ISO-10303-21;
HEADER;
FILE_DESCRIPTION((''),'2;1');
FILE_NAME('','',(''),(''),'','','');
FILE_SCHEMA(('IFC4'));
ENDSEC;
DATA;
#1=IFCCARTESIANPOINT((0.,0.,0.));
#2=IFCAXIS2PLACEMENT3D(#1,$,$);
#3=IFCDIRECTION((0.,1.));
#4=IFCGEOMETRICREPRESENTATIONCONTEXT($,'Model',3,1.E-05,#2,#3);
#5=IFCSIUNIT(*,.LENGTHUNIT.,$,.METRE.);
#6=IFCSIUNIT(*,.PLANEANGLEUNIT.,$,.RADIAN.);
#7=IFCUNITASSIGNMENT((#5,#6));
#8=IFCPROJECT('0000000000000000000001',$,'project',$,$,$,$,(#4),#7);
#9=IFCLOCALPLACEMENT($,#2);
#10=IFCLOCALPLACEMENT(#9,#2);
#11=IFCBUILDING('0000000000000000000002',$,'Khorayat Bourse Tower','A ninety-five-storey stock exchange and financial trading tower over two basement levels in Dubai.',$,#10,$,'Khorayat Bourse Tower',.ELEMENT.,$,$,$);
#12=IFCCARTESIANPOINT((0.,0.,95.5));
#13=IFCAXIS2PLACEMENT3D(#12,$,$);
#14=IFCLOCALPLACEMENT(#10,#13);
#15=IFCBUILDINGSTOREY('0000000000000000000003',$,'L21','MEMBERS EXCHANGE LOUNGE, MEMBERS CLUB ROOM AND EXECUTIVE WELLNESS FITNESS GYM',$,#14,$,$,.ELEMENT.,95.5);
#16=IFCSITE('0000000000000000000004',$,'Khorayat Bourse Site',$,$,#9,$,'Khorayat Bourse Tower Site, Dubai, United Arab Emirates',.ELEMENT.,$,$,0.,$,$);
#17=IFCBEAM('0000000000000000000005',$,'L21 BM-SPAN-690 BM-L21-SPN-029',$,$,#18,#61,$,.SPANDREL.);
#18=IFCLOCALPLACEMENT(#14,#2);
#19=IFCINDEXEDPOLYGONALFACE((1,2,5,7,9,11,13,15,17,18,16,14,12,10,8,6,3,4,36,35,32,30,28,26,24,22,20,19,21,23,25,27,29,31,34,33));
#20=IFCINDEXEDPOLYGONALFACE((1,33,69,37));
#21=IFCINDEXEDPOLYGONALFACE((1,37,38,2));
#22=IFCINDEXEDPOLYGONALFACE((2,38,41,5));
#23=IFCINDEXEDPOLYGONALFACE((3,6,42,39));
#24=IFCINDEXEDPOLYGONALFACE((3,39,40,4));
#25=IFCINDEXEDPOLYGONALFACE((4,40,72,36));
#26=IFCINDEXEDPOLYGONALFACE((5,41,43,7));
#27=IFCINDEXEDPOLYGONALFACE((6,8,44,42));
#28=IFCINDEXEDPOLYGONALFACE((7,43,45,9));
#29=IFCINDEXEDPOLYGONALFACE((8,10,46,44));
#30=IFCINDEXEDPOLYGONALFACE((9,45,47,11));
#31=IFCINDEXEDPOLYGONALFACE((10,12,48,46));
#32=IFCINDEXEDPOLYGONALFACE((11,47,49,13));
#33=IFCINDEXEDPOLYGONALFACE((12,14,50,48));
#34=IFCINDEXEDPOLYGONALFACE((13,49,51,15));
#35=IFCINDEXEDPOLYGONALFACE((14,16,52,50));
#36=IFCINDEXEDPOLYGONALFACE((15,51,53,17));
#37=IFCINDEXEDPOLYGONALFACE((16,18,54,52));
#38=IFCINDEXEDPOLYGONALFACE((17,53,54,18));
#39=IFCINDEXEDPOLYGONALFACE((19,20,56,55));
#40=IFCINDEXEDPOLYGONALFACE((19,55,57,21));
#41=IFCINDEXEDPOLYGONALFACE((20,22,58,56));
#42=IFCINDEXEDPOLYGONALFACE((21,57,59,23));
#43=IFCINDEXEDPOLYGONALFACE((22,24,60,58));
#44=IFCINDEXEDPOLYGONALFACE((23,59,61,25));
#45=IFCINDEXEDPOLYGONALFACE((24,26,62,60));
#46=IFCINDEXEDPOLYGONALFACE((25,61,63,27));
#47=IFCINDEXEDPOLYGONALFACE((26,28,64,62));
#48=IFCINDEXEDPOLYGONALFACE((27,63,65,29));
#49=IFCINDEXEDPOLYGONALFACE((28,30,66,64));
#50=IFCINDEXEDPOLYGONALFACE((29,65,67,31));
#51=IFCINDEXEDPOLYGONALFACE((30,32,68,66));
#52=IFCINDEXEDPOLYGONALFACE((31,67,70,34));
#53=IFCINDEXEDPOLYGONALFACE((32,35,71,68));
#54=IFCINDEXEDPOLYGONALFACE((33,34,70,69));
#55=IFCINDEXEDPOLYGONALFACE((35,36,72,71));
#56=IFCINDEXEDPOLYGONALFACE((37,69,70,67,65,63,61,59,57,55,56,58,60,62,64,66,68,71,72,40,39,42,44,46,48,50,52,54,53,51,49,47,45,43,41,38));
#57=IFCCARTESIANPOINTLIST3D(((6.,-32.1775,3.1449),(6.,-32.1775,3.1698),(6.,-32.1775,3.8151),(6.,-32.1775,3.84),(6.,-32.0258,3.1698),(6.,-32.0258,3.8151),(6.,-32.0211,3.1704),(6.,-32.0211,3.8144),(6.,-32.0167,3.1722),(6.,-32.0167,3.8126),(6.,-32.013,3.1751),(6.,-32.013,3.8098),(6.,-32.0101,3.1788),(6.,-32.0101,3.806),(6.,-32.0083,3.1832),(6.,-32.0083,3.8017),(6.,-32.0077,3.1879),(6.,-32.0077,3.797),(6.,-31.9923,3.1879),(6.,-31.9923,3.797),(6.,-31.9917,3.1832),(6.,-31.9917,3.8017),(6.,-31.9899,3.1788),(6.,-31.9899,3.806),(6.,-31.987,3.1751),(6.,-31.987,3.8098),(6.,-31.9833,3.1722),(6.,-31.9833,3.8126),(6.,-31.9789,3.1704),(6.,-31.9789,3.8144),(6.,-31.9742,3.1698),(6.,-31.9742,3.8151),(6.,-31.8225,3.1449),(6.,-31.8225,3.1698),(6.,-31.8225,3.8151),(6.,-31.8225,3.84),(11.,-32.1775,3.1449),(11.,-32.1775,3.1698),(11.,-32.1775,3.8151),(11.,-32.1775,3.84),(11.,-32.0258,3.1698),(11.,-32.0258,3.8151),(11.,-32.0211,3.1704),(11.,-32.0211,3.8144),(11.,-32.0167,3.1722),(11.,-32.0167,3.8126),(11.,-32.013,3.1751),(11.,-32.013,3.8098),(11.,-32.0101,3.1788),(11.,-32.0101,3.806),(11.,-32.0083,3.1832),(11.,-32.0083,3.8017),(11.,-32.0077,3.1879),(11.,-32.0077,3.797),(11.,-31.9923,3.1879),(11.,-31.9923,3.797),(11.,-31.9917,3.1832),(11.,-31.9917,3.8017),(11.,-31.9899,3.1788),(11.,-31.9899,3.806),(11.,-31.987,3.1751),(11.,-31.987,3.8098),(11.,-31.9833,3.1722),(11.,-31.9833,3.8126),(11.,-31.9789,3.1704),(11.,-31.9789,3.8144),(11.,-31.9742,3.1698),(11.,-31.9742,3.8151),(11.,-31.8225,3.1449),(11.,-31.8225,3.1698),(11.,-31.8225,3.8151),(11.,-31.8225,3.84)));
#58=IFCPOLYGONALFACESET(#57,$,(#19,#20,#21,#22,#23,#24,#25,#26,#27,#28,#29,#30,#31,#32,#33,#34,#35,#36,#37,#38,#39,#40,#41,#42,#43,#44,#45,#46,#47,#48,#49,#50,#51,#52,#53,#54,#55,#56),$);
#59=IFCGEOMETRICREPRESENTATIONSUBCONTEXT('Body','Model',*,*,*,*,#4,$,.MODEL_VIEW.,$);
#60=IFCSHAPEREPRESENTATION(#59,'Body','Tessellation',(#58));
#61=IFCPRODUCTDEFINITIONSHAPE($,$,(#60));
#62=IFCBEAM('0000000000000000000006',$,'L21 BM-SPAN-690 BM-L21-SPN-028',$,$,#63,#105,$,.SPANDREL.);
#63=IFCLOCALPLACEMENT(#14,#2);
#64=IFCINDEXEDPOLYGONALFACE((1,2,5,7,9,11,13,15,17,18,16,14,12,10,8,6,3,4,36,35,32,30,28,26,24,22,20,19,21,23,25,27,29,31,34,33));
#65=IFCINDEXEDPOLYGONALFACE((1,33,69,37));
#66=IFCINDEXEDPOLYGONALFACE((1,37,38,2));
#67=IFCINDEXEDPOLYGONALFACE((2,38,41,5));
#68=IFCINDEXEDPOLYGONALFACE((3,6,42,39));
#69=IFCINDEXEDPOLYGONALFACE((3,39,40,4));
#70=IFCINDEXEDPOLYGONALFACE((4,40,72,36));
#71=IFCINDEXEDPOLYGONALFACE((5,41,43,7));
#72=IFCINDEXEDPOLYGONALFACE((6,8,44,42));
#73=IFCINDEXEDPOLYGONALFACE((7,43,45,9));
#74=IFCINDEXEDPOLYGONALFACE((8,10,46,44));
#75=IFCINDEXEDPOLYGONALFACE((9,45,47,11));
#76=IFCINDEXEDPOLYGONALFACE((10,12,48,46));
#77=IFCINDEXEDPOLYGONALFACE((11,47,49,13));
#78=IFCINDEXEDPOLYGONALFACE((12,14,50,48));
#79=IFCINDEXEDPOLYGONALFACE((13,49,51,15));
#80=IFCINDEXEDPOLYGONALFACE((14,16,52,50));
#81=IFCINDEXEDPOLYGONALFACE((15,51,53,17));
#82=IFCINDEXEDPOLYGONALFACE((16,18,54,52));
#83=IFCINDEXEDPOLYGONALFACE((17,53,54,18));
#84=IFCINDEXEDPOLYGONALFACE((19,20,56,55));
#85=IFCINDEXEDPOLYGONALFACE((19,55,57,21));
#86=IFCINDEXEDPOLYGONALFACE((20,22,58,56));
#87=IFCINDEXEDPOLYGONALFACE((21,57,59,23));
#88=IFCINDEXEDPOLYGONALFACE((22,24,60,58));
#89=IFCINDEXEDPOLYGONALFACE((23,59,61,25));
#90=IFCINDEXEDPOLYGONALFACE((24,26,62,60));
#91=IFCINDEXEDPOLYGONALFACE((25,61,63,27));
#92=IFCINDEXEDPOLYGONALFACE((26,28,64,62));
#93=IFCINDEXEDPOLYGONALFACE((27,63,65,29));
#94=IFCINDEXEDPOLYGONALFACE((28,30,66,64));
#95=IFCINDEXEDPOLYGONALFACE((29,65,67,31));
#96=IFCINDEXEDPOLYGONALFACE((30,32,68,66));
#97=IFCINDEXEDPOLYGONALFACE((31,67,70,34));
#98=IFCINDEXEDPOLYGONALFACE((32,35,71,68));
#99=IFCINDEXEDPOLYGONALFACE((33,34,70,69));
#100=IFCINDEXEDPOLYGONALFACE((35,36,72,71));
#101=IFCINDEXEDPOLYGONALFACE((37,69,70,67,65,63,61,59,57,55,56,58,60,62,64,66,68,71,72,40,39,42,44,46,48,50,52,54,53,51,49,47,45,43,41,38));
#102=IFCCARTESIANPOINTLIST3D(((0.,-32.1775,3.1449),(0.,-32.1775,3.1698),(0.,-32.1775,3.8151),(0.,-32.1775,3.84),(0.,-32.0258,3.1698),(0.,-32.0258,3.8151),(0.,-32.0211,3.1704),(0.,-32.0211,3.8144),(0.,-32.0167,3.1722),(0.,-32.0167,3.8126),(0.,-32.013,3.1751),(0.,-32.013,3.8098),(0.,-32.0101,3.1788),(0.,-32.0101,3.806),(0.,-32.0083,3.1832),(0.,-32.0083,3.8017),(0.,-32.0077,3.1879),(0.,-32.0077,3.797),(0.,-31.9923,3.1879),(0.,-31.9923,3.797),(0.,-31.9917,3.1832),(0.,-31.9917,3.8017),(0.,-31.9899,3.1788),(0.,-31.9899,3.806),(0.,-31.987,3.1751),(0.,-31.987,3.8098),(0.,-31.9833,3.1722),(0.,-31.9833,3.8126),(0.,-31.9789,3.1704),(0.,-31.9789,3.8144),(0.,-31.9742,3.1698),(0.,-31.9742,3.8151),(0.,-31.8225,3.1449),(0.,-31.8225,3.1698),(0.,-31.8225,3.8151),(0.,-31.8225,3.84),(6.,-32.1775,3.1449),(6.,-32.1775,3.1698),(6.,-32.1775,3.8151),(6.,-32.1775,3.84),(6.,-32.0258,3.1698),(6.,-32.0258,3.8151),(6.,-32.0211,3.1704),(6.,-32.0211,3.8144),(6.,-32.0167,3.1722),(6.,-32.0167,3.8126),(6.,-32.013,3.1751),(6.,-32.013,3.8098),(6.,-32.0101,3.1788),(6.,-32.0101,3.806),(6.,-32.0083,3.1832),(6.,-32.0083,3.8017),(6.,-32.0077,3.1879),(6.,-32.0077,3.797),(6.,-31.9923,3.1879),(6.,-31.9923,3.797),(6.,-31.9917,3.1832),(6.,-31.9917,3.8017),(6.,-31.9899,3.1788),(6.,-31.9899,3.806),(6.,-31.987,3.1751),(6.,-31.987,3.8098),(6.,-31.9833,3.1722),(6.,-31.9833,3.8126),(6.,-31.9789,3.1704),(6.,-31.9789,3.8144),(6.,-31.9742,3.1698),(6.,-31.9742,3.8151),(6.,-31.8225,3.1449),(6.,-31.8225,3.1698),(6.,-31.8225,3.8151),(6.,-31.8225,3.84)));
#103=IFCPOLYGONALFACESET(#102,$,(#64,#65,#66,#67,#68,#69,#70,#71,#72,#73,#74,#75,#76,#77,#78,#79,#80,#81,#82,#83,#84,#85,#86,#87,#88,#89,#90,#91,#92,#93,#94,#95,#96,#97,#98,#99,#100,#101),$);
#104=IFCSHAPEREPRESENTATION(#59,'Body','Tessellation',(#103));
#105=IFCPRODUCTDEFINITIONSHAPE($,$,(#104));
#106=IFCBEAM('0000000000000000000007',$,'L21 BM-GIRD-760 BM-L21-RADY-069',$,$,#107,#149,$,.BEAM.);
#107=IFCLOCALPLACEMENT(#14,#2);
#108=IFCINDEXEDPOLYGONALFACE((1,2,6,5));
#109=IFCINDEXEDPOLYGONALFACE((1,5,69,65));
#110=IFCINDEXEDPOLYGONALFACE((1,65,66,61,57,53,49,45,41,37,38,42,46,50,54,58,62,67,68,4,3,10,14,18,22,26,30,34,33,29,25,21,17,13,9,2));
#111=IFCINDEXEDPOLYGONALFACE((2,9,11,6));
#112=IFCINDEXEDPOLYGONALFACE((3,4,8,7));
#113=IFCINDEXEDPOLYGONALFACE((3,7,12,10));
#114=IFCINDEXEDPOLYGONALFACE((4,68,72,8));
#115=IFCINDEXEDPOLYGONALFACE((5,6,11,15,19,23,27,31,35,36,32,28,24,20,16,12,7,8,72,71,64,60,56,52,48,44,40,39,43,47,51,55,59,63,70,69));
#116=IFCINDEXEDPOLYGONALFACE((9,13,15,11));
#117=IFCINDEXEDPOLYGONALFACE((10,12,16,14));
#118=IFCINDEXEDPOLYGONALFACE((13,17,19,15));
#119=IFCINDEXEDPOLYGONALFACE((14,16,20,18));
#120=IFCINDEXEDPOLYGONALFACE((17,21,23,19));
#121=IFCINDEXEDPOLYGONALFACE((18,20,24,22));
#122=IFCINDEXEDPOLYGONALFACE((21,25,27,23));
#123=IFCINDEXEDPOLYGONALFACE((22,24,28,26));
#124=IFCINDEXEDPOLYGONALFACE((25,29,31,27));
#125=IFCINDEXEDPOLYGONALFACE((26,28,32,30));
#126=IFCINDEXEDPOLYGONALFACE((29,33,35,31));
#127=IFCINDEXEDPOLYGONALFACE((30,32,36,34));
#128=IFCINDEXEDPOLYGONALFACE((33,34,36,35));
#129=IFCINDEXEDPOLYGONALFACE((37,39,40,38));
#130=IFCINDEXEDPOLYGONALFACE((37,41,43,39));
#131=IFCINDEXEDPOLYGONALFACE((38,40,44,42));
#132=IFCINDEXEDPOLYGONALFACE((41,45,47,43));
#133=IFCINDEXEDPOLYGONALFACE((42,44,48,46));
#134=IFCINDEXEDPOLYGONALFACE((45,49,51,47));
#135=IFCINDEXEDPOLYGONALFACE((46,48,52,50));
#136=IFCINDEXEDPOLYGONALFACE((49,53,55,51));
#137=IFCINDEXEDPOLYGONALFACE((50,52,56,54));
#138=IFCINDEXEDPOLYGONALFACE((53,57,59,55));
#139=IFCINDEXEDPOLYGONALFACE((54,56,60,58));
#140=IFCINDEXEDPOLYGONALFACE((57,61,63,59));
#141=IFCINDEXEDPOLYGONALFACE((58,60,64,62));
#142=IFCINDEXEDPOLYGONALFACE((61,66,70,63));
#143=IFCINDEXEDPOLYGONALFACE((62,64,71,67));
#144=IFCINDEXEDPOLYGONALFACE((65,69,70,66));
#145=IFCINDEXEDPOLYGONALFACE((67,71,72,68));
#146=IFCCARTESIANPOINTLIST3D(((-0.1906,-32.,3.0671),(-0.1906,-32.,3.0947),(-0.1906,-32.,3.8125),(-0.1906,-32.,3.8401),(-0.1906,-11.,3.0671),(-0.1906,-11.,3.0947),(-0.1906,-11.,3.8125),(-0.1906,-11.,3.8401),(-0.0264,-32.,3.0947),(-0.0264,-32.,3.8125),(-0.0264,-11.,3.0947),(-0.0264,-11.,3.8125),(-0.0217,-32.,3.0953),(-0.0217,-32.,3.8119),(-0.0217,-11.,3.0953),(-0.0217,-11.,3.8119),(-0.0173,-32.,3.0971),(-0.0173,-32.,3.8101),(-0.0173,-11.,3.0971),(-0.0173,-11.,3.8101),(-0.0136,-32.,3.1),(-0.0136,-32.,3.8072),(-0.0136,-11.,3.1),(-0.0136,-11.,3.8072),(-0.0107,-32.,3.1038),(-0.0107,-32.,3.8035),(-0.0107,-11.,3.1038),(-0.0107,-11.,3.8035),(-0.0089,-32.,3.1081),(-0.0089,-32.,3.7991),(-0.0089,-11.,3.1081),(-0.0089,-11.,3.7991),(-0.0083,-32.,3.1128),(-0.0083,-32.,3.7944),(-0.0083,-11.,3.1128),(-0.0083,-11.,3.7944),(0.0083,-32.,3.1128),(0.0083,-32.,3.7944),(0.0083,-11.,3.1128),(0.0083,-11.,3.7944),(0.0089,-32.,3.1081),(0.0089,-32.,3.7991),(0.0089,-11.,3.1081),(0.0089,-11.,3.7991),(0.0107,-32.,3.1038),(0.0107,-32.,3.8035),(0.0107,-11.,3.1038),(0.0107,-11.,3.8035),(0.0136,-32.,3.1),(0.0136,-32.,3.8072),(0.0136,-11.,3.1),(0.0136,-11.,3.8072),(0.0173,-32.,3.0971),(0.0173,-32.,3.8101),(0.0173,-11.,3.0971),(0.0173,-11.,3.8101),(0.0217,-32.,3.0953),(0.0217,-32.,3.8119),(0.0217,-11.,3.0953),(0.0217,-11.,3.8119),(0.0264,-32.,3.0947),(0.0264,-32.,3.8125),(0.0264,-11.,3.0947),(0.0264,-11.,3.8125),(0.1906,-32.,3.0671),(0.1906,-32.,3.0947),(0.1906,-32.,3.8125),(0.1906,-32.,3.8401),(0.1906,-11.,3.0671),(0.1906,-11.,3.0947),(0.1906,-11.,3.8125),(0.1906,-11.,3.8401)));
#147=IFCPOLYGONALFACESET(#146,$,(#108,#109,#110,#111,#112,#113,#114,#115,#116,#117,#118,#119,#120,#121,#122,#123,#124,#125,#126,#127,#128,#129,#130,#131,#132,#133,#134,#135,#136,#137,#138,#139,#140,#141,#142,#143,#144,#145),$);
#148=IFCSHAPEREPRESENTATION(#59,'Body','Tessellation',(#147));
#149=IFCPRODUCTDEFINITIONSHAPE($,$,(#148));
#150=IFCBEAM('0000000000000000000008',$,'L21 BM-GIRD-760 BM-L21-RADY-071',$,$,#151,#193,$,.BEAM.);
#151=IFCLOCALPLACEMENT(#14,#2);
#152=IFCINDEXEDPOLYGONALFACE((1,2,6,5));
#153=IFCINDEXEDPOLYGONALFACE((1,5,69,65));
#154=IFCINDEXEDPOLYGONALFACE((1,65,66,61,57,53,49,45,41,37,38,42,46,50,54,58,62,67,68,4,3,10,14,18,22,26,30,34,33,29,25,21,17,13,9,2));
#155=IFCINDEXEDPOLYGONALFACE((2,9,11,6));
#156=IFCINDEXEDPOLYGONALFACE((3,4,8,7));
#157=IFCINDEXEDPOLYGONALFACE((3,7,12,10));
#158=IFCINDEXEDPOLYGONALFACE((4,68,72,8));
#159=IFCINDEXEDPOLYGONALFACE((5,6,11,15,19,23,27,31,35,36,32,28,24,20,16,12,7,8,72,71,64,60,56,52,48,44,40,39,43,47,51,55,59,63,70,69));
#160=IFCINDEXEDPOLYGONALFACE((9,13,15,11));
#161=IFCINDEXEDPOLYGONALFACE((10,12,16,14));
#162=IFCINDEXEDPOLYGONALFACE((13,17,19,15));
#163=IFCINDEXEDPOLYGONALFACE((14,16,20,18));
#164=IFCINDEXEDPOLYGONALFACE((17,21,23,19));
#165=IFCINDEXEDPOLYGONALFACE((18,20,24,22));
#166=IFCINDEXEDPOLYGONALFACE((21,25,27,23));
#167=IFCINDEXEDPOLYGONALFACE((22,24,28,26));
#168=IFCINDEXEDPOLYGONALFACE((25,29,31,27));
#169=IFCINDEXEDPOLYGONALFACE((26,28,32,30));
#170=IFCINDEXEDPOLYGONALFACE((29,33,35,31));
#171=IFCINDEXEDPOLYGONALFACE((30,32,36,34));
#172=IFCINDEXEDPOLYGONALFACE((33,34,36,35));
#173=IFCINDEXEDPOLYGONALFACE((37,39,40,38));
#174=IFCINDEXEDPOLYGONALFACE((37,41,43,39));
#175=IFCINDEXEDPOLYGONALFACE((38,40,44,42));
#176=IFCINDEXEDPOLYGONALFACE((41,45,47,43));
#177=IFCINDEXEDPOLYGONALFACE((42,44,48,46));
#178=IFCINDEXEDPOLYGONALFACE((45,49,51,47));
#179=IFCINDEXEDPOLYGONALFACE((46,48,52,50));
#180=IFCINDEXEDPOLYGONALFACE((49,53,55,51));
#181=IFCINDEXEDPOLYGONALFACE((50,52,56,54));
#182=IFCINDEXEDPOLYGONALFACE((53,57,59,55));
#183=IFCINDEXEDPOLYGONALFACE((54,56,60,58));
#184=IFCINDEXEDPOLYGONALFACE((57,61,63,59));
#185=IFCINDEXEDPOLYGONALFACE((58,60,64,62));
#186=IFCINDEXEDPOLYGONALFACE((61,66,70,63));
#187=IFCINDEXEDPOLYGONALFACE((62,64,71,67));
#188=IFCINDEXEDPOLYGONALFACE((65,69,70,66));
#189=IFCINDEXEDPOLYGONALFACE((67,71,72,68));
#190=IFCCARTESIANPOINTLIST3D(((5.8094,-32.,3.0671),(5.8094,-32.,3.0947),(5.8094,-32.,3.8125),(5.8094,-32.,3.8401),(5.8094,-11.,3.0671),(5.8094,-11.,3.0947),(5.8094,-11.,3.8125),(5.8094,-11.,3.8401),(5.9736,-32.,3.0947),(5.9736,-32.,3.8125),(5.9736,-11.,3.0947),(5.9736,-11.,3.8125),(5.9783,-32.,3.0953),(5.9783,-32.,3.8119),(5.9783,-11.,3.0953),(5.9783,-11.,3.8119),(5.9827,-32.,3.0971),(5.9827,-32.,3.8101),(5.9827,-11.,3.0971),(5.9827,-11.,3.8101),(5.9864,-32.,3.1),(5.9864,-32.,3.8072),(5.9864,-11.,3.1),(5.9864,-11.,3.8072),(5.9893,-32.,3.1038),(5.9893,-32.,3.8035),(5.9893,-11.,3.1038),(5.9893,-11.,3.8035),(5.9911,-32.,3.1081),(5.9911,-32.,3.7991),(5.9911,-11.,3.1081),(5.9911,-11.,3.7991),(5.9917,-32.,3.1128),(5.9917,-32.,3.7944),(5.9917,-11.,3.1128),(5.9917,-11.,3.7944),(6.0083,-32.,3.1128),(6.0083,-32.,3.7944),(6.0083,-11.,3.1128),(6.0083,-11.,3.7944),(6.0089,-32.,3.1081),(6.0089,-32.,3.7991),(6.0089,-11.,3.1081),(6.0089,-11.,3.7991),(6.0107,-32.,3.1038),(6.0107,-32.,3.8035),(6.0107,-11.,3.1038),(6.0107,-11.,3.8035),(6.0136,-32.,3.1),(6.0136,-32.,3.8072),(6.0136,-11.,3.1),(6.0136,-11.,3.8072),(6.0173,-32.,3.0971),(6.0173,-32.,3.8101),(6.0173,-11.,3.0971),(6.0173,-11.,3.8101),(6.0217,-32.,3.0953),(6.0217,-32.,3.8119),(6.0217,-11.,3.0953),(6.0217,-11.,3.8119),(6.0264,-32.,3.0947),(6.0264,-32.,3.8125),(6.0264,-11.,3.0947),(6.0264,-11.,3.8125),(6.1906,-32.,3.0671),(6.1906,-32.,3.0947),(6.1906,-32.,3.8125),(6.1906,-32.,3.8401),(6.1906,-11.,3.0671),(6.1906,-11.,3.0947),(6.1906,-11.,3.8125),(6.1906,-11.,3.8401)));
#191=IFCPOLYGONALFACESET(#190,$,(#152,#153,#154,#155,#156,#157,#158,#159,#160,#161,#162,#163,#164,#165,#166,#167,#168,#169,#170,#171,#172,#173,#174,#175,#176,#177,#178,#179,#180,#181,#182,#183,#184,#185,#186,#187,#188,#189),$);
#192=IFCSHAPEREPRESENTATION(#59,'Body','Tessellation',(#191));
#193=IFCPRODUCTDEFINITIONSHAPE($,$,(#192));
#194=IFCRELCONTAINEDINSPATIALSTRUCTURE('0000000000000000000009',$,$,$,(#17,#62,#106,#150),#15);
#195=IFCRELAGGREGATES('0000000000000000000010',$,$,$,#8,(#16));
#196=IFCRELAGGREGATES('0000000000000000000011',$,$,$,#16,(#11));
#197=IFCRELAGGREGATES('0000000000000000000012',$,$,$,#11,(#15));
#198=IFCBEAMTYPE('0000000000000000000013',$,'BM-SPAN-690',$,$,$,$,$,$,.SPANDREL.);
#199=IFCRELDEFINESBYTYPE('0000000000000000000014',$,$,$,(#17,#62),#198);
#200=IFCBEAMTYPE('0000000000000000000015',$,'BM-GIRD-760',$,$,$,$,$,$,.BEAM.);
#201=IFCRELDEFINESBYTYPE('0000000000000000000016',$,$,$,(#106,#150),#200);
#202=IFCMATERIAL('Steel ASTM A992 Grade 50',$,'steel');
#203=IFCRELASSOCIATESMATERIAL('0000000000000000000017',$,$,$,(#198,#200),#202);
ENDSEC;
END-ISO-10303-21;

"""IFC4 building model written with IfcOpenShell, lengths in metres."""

from ifc_helpers import new_model, si_unit, direction, frame, origin, origin_2d, place, context, subcontext, project, spatial, i_section, extrude, source, transform, mapped, material, material_profile, profile_set, type_object, element, save


model = new_model("IFC4")

# Units and contexts
model_context = context("Model", 3, precision=1e-05, world=origin(), true_north=direction((0.0, 1.0)))
body_context = subcontext(model_context, "Body", "Model", "MODEL_VIEW")
ifc_project = project(units=[si_unit("LENGTHUNIT", "METRE"), si_unit("PLANEANGLEUNIT", "RADIAN")], contexts=[model_context])

# Site, building, storey
site_placement = place(None, origin())
site = spatial("IfcSite", under=ifc_project, at=site_placement, Name="Khorayat Bourse Site", LongName="Khorayat Bourse Tower Site, Dubai, United Arab Emirates", CompositionType="ELEMENT", RefElevation=0.0)
building_placement = place(site_placement, origin())
building = spatial("IfcBuilding", under=site, at=building_placement, Name="Khorayat Bourse Tower", Description="A ninety-five-storey stock exchange and financial trading tower over two basement levels in Dubai.", LongName="Khorayat Bourse Tower", CompositionType="ELEMENT")
storey_placement = place(building_placement, frame((0.0, 0.0, 95.5)))
storey = spatial("IfcBuildingStorey", under=building, at=storey_placement, Name="L21", Description="MEMBERS EXCHANGE LOUNGE, MEMBERS CLUB ROOM AND EXECUTIVE WELLNESS FITNESS GYM", CompositionType="ELEMENT", Elevation=95.5)

# Beams
ifc_material_1 = material(Name="Steel ASTM A992 Grade 50", Category="steel")
ifc_material_profile_1 = material_profile(ifc_material_1, i_section(OverallWidth=0.355, OverallDepth=0.6951, WebThickness=0.0154, FlangeThickness=0.0249, FilletRadius=0.0181, at=origin_2d()), Name="W690X217")
ifc_profile_set_1 = profile_set([ifc_material_profile_1], Name="Steel ASTM A992 Grade 50")
beam_type_1 = type_object("IfcBeamType", Name="BM-SPAN-690", PredefinedType="SPANDREL", material=ifc_profile_set_1)
shared_shape_1 = source(origin(), body_context, "Body", "SweptSolid", [
    extrude(i_section(OverallWidth=0.355, OverallDepth=0.6951, WebThickness=0.0154, FlangeThickness=0.0249, FilletRadius=0.0181, at=origin_2d()), origin(), (0.0, 0.0, 1.0), 5.0),
])
beam_1_placement = place(storey_placement, frame((6.0, -32.0, 3.4924), z_axis=(1.0, 0.0, 0.0), x_axis=(0.0, 1.0, 0.0)))
element("IfcBeam", 1, at=beam_1_placement, inside=storey, type_object=beam_type_1, Name="L21 BM-SPAN-690 BM-L21-SPN-029", PredefinedType="SPANDREL", context=body_context, shape_type="MappedRepresentation", body=[
    mapped(shared_shape_1, transform((0.0, 0.0, 0.0), scale=1.0)),
])
shared_shape_2 = source(origin(), body_context, "Body", "SweptSolid", [
    extrude(i_section(OverallWidth=0.355, OverallDepth=0.6951, WebThickness=0.0154, FlangeThickness=0.0249, FilletRadius=0.0181, at=origin_2d()), origin(), (0.0, 0.0, 1.0), 6.0),
])
beam_2_placement = place(storey_placement, frame((0.0, -32.0, 3.4924), z_axis=(1.0, 0.0, 0.0), x_axis=(0.0, 1.0, 0.0)))
element("IfcBeam", 2, at=beam_2_placement, inside=storey, type_object=beam_type_1, Name="L21 BM-SPAN-690 BM-L21-SPN-028", PredefinedType="SPANDREL", context=body_context, shape_type="MappedRepresentation", body=[
    mapped(shared_shape_2, transform((0.0, 0.0, 0.0), scale=1.0)),
])
ifc_material_profile_2 = material_profile(ifc_material_1, i_section(OverallWidth=0.3811, OverallDepth=0.7729, WebThickness=0.0166, FlangeThickness=0.0276, FilletRadius=0.0181, at=origin_2d()), Name="W760X257")
ifc_profile_set_2 = profile_set([ifc_material_profile_2], Name="Steel ASTM A992 Grade 50")
beam_type_2 = type_object("IfcBeamType", Name="BM-GIRD-760", PredefinedType="BEAM", material=ifc_profile_set_2)
shared_shape_3 = source(origin(), body_context, "Body", "SweptSolid", [
    extrude(i_section(OverallWidth=0.3811, OverallDepth=0.7729, WebThickness=0.0166, FlangeThickness=0.0276, FilletRadius=0.0181, at=origin_2d()), origin(), (0.0, 0.0, 1.0), 21.0),
])
for number, where, z_axis, x_axis, name in (
    (3, (0.0, -32.0, 3.4536), (0.0, 1.0, 0.0), (-1.0, 0.0, 0.0), "L21 BM-GIRD-760 BM-L21-RADY-069"),
    (4, (6.0, -32.0, 3.4536), (0.0, 1.0, 0.0), (-1.0, 0.0, 0.0), "L21 BM-GIRD-760 BM-L21-RADY-071"),
):
    element("IfcBeam", number, at=place(storey_placement, frame(where, z_axis=z_axis, x_axis=x_axis)), inside=storey, type_object=beam_type_2, Name=name, PredefinedType="BEAM", context=body_context, shape_type="MappedRepresentation", body=[
        mapped(shared_shape_3, transform((0.0, 0.0, 0.0), scale=1.0)),
    ])

save(model, "model.ifc")
